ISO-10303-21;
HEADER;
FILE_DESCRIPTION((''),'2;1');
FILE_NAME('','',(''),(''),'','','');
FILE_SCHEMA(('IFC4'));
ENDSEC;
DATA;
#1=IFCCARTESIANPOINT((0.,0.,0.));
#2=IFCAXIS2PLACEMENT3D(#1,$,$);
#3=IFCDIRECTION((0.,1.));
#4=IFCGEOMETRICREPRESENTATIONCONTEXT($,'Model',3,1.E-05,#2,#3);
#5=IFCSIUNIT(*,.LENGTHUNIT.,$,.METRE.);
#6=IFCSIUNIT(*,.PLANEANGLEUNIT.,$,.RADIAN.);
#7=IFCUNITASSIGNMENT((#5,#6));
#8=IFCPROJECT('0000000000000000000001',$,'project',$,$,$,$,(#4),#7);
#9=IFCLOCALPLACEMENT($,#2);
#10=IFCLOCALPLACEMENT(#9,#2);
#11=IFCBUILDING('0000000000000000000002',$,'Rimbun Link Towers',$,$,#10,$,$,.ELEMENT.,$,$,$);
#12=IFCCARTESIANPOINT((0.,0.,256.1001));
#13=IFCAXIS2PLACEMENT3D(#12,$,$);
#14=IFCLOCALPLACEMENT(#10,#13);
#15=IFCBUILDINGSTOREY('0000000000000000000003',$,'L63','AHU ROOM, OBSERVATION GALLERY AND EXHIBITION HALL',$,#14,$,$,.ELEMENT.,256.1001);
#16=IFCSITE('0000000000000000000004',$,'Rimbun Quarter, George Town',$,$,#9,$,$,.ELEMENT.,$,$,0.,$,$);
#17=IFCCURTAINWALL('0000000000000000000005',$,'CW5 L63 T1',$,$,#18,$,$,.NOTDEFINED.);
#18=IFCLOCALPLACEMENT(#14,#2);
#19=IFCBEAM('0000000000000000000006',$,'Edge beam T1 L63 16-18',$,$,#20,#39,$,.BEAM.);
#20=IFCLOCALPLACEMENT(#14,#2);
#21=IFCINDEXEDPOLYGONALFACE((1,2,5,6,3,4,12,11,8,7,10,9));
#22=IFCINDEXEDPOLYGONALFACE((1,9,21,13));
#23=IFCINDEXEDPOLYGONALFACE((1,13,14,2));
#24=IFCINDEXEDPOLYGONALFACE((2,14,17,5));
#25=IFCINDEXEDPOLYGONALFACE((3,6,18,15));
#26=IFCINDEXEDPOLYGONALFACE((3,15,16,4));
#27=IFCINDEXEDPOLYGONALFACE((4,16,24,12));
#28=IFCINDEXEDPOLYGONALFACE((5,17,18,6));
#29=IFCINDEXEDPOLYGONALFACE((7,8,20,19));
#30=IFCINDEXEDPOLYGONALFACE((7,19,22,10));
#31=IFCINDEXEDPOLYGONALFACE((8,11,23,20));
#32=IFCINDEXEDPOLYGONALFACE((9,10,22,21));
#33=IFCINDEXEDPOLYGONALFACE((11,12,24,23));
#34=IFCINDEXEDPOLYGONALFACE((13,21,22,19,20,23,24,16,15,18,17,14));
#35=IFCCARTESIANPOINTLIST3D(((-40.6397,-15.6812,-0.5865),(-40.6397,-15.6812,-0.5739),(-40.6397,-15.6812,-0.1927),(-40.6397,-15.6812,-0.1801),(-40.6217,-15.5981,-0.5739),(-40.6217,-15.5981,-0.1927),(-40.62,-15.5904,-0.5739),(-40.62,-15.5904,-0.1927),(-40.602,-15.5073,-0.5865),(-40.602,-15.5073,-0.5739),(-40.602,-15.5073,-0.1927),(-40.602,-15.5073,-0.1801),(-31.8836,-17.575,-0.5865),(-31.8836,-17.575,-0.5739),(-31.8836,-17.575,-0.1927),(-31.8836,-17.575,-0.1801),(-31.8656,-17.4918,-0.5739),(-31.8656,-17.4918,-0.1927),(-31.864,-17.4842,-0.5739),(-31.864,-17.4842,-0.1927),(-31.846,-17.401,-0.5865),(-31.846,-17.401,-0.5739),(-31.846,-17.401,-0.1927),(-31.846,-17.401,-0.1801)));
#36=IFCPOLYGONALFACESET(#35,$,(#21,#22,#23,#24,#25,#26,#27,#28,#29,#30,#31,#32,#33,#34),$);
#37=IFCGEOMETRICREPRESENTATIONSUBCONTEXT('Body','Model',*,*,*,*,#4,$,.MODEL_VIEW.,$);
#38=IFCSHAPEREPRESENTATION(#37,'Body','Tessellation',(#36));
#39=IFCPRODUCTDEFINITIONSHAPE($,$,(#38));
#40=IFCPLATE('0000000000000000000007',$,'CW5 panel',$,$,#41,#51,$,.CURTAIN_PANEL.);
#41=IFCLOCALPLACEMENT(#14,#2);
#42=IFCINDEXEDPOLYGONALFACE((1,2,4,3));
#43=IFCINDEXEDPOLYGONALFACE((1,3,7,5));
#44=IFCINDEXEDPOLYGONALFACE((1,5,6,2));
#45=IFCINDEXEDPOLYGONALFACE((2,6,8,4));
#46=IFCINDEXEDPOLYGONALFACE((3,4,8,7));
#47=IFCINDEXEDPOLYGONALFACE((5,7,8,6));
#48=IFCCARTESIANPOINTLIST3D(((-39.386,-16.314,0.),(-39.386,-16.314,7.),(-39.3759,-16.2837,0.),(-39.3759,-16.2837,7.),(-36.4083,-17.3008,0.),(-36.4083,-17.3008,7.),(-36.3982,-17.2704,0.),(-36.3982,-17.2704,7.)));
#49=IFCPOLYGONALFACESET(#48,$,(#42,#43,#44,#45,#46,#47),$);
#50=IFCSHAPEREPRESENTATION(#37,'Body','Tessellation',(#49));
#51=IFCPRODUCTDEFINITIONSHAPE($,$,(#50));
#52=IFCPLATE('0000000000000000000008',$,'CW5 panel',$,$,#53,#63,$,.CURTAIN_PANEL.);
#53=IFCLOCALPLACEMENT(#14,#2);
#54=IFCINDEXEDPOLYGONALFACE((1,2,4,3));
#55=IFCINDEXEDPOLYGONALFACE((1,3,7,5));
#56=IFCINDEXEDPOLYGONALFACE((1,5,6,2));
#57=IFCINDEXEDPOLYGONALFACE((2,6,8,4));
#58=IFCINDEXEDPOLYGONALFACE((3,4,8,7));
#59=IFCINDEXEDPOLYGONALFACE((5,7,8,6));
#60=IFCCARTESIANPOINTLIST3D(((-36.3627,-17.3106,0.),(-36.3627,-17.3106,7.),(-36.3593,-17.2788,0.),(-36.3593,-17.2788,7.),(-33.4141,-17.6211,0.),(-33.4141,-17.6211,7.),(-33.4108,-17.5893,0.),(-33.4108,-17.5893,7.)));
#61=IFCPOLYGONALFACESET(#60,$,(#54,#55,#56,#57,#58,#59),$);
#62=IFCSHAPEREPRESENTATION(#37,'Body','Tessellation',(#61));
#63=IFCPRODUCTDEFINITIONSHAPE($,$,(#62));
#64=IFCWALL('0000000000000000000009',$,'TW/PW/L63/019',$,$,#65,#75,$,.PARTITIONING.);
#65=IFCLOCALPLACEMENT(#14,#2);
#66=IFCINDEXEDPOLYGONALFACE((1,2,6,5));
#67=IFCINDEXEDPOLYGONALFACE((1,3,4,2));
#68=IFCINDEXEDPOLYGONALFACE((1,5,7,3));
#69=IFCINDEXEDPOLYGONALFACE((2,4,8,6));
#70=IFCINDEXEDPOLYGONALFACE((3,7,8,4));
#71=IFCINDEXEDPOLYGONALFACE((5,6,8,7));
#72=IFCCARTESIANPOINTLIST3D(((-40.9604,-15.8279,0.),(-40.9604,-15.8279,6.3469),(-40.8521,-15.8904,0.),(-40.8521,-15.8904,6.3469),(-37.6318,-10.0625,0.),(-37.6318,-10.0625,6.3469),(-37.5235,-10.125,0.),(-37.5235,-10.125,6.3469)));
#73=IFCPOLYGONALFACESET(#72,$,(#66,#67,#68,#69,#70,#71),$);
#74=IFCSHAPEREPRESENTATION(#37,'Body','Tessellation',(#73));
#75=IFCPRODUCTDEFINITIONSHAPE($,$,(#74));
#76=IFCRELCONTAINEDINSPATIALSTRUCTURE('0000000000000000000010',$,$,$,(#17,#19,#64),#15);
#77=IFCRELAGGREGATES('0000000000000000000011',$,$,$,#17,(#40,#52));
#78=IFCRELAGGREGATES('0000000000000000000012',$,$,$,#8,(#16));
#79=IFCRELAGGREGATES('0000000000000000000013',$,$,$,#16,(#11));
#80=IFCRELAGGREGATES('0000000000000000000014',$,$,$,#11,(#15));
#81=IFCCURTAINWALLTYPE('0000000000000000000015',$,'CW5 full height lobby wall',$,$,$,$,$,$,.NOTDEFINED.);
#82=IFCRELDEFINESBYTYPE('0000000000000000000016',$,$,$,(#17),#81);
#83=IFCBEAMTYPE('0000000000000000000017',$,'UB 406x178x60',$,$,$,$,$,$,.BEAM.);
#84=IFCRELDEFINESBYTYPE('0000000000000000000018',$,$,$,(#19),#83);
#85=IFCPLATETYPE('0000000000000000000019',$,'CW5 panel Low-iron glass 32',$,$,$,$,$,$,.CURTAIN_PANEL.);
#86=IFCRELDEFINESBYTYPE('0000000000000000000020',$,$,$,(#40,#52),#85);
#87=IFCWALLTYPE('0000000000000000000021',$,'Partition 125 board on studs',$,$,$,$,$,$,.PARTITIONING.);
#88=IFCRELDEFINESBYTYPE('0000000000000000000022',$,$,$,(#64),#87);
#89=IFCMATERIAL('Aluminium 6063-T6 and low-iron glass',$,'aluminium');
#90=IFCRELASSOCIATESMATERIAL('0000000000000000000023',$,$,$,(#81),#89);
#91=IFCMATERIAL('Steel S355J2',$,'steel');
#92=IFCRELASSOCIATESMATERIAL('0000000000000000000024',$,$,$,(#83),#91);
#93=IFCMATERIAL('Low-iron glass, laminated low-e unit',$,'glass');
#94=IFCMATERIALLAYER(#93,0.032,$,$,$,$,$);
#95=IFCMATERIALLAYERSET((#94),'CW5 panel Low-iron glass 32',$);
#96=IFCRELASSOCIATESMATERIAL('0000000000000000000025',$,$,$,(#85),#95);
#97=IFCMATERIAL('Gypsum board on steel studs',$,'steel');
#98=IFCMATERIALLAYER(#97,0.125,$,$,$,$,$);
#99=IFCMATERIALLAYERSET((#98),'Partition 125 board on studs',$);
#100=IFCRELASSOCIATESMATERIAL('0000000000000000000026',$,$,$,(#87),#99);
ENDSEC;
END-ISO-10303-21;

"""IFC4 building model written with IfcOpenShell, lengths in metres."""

from ifc_helpers import new_model, si_unit, direction, frame, frame_2d, origin, origin_2d, place, context, subcontext, project, spatial, rectangle, i_section, extrude, material, layer, layer_set, material_profile, profile_set, type_object, element, aggregate, save


model = new_model("IFC4")

# Units and contexts
model_context = context("Model", 3, precision=1e-05, world=origin(), true_north=direction((0.0, 1.0)))
body_context = subcontext(model_context, "Body", "Model", "MODEL_VIEW")
ifc_project = project(units=[si_unit("LENGTHUNIT", "METRE"), si_unit("PLANEANGLEUNIT", "RADIAN")], contexts=[model_context])

# Site, building, storey
site_placement = place(None, origin())
site = spatial("IfcSite", under=ifc_project, at=site_placement, Name="Rimbun Quarter, George Town", CompositionType="ELEMENT", RefElevation=0.0)
building_placement = place(site_placement, origin())
building = spatial("IfcBuilding", under=site, at=building_placement, Name="Rimbun Link Towers", CompositionType="ELEMENT")
storey_placement = place(building_placement, frame((0.0, 0.0, 256.1001)))
storey = spatial("IfcBuildingStorey", under=building, at=storey_placement, Name="L63", Description="AHU ROOM, OBSERVATION GALLERY AND EXHIBITION HALL", CompositionType="ELEMENT", Elevation=256.1001)

# Curtain wall
ifc_material_1 = material(Name="Aluminium 6063-T6 and low-iron glass", Category="aluminium")
curtain_wall_type = type_object("IfcCurtainWallType", Name="CW5 full height lobby wall", PredefinedType="NOTDEFINED", material=ifc_material_1)
curtain_wall_placement = place(storey_placement, origin())
curtain_wall = element("IfcCurtainWall", 1, at=curtain_wall_placement, inside=storey, type_object=curtain_wall_type, Name="CW5 L63 T1", PredefinedType="NOTDEFINED")

# Beam
ifc_material_2 = material(Name="Steel S355J2", Category="steel")
ifc_material_profile_1 = material_profile(ifc_material_2, i_section(OverallWidth=0.178, OverallDepth=0.4065, WebThickness=0.0078, FlangeThickness=0.0127, at=origin_2d()), Name="UB 406x178x60")
ifc_profile_set_1 = profile_set([ifc_material_profile_1], Name="Steel S355J2")
beam_type_1 = type_object("IfcBeamType", Name="UB 406x178x60", PredefinedType="BEAM", material=ifc_profile_set_1)
beam_1_placement = place(storey_placement, frame((-40.6208, -15.5942, -0.3833), z_axis=(0.977401, -0.211395, 0.0), x_axis=(0.211395, 0.977401, 0.0)))
element("IfcBeam", 2, at=beam_1_placement, inside=storey, type_object=beam_type_1, Name="Edge beam T1 L63 16-18", PredefinedType="BEAM", context=body_context, shape_type="SweptSolid", body=[
    extrude(i_section(OverallWidth=0.178, OverallDepth=0.4065, WebThickness=0.0078, FlangeThickness=0.0127, at=origin_2d()), origin(), (0.0, 0.0, 1.0), 8.9585),
])

# Plates
ifc_material_3 = material(Name="Low-iron glass, laminated low-e unit", Category="glass")
ifc_layer_1 = layer(ifc_material_3, 0.032)
ifc_layer_set_1 = layer_set([ifc_layer_1], Name="CW5 panel Low-iron glass 32")
plate_type = type_object("IfcPlateType", Name="CW5 panel Low-iron glass 32", PredefinedType="CURTAIN_PANEL", material=ifc_layer_set_1)
plate_1_placement = place(storey_placement, frame((-37.8921, -16.7922, 0.0), z_axis=(0.0, 0.0, 1.0), x_axis=(-0.949238, 0.314558, 0.0)))
plate_1 = element("IfcPlate", 3, at=plate_1_placement, type_object=plate_type, Name="CW5 panel", PredefinedType="CURTAIN_PANEL", context=body_context, shape_type="SweptSolid", body=[
    extrude(rectangle(XDim=3.137, YDim=0.032, at=origin_2d()), origin(), (0.0, 0.0, 1.0), 7.0),
])
plate_2_placement = place(storey_placement, frame((-34.8867, -17.45, 0.0), z_axis=(0.0, 0.0, 1.0), x_axis=(-0.994501, 0.104728, 0.0)))
plate_2 = element("IfcPlate", 4, at=plate_2_placement, type_object=plate_type, Name="CW5 panel", PredefinedType="CURTAIN_PANEL", context=body_context, shape_type="SweptSolid", body=[
    extrude(rectangle(XDim=2.9648, YDim=0.032, at=origin_2d()), origin(), (0.0, 0.0, 1.0), 7.0),
])
aggregate(curtain_wall, [plate_1, plate_2])

# Wall
ifc_material_4 = material(Name="Gypsum board on steel studs", Category="steel")
ifc_layer_2 = layer(ifc_material_4, 0.125)
ifc_layer_set_2 = layer_set([ifc_layer_2], Name="Partition 125 board on studs")
wall_type = type_object("IfcWallType", Name="Partition 125 board on studs", PredefinedType="PARTITIONING", material=ifc_layer_set_2)
wall_placement = place(storey_placement, frame((-40.9062, -15.8591, 0.0), z_axis=(0.0, 0.0, 1.0), x_axis=(0.499997, 0.866027, 0.0)))
element("IfcWall", 5, at=wall_placement, inside=storey, type_object=wall_type, Name="TW/PW/L63/019", PredefinedType="PARTITIONING", context=body_context, shape_type="SweptSolid", body=[
    extrude(rectangle(XDim=6.6572, YDim=0.125, at=frame_2d((3.3286, 0.0))), origin(), (0.0, 0.0, 1.0), 6.3469),
])

save(model, "model.ifc")
